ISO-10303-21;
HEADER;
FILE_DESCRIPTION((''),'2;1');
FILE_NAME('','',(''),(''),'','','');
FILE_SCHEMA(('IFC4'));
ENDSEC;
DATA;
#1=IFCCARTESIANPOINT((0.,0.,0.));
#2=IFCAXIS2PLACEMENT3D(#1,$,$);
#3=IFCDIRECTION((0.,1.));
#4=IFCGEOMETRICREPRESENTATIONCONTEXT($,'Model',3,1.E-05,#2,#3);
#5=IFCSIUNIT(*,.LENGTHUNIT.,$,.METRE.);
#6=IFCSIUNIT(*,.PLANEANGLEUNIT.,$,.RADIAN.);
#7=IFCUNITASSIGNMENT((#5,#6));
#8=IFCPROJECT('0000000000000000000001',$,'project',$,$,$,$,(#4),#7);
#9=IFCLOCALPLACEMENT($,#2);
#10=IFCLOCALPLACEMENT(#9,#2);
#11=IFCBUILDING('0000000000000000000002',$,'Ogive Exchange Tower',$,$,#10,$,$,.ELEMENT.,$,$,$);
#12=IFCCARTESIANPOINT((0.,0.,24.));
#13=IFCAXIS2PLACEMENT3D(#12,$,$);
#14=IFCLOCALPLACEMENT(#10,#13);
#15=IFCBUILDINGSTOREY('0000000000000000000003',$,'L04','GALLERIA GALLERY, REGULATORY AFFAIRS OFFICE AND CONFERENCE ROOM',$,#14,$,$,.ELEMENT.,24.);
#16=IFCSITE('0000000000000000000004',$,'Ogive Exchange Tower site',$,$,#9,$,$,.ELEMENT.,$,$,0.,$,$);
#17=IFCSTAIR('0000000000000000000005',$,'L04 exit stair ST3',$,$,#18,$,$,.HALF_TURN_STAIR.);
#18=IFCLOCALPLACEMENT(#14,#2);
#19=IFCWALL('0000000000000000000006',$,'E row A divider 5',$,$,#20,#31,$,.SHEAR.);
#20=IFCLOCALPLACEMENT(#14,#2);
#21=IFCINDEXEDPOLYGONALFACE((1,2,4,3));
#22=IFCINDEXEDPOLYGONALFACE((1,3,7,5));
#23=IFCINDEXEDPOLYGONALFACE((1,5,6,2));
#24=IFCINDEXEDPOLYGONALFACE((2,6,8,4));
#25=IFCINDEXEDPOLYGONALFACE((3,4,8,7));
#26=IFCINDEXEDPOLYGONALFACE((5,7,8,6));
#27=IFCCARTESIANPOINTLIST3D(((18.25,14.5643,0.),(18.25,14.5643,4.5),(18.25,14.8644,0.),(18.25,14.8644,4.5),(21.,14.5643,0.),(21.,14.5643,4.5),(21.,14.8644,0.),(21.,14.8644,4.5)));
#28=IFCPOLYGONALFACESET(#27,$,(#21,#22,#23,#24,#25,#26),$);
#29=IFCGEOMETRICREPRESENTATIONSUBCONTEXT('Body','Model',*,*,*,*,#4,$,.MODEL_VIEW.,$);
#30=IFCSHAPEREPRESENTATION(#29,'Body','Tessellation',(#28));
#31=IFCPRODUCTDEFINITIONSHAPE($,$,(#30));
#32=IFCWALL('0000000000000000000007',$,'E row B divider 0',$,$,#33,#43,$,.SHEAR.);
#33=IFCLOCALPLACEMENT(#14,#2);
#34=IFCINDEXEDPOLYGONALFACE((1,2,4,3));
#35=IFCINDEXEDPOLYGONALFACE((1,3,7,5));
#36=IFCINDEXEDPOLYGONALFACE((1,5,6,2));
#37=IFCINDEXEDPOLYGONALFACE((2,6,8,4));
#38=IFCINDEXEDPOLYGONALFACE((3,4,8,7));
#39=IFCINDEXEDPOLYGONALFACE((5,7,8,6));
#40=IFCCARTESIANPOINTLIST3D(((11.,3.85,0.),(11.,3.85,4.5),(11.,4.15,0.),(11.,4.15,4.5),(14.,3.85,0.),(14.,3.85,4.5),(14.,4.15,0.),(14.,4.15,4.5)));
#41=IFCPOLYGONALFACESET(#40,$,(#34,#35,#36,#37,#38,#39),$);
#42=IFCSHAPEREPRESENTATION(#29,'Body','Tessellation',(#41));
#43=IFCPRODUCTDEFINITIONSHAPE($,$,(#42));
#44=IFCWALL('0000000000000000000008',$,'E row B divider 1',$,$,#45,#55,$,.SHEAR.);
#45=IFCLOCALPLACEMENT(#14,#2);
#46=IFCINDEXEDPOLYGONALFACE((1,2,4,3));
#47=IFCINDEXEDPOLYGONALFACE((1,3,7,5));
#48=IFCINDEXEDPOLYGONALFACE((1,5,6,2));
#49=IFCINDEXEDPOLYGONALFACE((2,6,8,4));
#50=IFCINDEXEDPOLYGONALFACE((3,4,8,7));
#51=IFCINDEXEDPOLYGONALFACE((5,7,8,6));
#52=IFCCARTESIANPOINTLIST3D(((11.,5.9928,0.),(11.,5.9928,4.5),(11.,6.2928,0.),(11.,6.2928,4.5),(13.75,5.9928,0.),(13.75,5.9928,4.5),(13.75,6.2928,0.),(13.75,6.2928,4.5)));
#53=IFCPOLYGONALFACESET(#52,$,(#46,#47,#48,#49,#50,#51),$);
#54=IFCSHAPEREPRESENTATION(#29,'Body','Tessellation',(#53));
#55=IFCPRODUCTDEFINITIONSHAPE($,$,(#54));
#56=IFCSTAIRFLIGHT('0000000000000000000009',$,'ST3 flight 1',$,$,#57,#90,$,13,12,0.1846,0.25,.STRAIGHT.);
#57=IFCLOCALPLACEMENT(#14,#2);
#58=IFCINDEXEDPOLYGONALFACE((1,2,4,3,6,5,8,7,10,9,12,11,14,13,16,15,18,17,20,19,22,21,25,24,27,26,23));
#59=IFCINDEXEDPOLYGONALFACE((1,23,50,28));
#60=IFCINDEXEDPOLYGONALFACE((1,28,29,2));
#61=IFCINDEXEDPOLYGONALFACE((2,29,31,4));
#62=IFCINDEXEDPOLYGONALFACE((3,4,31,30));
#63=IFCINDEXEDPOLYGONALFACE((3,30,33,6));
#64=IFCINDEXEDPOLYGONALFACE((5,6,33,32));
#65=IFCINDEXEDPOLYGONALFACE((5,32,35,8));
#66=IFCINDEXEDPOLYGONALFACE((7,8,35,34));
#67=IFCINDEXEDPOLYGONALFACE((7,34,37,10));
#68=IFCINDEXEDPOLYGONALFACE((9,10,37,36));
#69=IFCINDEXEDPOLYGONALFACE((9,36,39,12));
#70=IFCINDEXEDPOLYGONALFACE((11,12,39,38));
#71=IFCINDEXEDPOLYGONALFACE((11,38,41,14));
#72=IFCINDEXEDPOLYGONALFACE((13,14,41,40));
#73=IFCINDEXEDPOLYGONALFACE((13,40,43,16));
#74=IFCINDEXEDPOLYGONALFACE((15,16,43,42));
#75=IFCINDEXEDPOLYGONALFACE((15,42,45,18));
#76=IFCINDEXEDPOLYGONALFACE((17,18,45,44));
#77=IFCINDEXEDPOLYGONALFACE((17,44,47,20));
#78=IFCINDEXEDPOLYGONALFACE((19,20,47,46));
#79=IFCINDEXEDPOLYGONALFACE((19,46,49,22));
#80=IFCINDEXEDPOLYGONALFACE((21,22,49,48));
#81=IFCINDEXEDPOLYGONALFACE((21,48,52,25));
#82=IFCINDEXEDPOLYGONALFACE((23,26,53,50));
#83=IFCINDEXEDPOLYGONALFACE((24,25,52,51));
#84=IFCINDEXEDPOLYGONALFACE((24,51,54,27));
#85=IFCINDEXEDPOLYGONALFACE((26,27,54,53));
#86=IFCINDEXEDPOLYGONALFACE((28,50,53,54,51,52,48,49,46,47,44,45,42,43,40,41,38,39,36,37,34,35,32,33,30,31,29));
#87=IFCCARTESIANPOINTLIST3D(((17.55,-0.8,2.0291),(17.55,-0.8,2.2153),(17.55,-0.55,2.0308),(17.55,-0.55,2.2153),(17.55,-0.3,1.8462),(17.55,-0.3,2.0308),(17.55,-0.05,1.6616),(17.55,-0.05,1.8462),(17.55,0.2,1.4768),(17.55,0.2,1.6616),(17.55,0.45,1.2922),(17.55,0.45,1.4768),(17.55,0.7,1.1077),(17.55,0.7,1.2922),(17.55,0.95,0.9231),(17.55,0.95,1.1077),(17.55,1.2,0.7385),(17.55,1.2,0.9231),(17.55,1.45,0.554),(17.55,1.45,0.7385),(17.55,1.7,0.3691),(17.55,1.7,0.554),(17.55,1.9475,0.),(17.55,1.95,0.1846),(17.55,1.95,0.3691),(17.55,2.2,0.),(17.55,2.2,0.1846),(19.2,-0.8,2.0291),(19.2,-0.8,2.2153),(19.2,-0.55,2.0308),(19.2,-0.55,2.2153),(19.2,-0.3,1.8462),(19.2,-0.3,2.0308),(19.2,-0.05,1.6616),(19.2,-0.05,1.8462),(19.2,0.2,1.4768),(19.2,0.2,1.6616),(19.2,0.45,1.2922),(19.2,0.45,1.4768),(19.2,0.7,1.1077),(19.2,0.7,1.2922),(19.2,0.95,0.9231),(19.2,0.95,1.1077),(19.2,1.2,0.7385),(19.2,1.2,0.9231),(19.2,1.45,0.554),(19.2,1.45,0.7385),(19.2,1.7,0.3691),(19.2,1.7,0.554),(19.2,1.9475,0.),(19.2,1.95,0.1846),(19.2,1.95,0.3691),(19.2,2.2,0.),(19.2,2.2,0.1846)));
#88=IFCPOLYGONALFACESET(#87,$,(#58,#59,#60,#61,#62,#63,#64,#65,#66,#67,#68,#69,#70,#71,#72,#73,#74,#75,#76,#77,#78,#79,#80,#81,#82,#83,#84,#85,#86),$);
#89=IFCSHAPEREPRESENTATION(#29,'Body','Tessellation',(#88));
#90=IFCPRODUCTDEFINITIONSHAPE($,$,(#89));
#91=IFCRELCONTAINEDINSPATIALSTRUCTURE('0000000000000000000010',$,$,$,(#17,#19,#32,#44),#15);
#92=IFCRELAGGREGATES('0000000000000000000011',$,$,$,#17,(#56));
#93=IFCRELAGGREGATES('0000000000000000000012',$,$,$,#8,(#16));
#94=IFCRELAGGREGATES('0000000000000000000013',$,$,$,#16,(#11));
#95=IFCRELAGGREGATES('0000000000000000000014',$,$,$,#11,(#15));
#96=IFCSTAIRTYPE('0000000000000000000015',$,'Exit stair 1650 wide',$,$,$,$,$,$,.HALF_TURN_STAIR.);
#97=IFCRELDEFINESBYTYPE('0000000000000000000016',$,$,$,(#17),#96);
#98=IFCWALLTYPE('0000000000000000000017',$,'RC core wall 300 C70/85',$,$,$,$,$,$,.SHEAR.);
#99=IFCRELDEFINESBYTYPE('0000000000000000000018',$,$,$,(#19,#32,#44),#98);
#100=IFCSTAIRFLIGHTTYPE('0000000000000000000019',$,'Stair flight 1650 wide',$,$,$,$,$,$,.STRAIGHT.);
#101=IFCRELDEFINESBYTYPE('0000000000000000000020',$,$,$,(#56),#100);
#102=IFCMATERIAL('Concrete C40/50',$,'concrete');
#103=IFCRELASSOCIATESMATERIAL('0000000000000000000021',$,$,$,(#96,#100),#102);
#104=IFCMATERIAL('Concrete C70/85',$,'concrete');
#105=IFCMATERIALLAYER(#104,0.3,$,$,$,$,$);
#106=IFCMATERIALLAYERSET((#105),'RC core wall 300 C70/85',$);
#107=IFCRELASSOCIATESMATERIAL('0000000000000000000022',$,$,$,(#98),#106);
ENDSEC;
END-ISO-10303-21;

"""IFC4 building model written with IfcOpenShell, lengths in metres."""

from ifc_helpers import new_model, si_unit, direction, frame, frame_2d, origin, place, context, subcontext, project, spatial, polyline, rectangle, outline, extrude, material, layer, layer_set, type_object, element, aggregate, save


model = new_model("IFC4")

# Units and contexts
model_context = context("Model", 3, precision=1e-05, world=origin(), true_north=direction((0.0, 1.0)))
body_context = subcontext(model_context, "Body", "Model", "MODEL_VIEW")
ifc_project = project(units=[si_unit("LENGTHUNIT", "METRE"), si_unit("PLANEANGLEUNIT", "RADIAN")], contexts=[model_context])

# Site, building, storey
site_placement = place(None, origin())
site = spatial("IfcSite", under=ifc_project, at=site_placement, Name="Ogive Exchange Tower site", CompositionType="ELEMENT", RefElevation=0.0)
building_placement = place(site_placement, origin())
building = spatial("IfcBuilding", under=site, at=building_placement, Name="Ogive Exchange Tower", CompositionType="ELEMENT")
storey_placement = place(building_placement, frame((0.0, 0.0, 24.0)))
storey = spatial("IfcBuildingStorey", under=building, at=storey_placement, Name="L04", Description="GALLERIA GALLERY, REGULATORY AFFAIRS OFFICE AND CONFERENCE ROOM", CompositionType="ELEMENT", Elevation=24.0)

# Stair
ifc_material_1 = material(Name="Concrete C40/50", Category="concrete")
stair_type_1 = type_object("IfcStairType", Name="Exit stair 1650 wide", PredefinedType="HALF_TURN_STAIR", material=ifc_material_1)
stair_1_placement = place(storey_placement, origin())
stair_1 = element("IfcStair", 1, at=stair_1_placement, inside=storey, type_object=stair_type_1, Name="L04 exit stair ST3", PredefinedType="HALF_TURN_STAIR")

# Shared definitions
ifc_material_2 = material(Name="Concrete C70/85", Category="concrete")

# Walls
ifc_layer_1 = layer(ifc_material_2, 0.3)
ifc_layer_set_1 = layer_set([ifc_layer_1], Name="RC core wall 300 C70/85")
wall_type_1 = type_object("IfcWallType", Name="RC core wall 300 C70/85", PredefinedType="SHEAR", material=ifc_layer_set_1)
for number, where, z_axis, x_axis, name in (
    (2, (18.25, 14.7144, 0.0), (0.0, 0.0, 1.0), (1.0, 0.0, 0.0), "E row A divider 5"),
):
    element("IfcWall", number, at=place(storey_placement, frame(where, z_axis=z_axis, x_axis=x_axis)), inside=storey, type_object=wall_type_1, Name=name, PredefinedType="SHEAR", context=body_context, shape_type="SweptSolid", body=[
        extrude(rectangle(XDim=2.75, YDim=0.3, at=frame_2d((1.375, 0.0))), origin(), (0.0, 0.0, 1.0), 4.5),
    ])
wall_1_placement = place(storey_placement, frame((11.0, 4.0, 0.0), z_axis=(0.0, 0.0, 1.0), x_axis=(1.0, 0.0, 0.0)))
element("IfcWall", 3, at=wall_1_placement, inside=storey, type_object=wall_type_1, Name="E row B divider 0", PredefinedType="SHEAR", context=body_context, shape_type="SweptSolid", body=[
    extrude(rectangle(XDim=3.0, YDim=0.3, at=frame_2d((1.5, 0.0))), origin(), (0.0, 0.0, 1.0), 4.5),
])
wall_2_placement = place(storey_placement, frame((11.0, 6.1428, 0.0), z_axis=(0.0, 0.0, 1.0), x_axis=(1.0, 0.0, 0.0)))
element("IfcWall", 4, at=wall_2_placement, inside=storey, type_object=wall_type_1, Name="E row B divider 1", PredefinedType="SHEAR", context=body_context, shape_type="SweptSolid", body=[
    extrude(rectangle(XDim=2.75, YDim=0.3, at=frame_2d((1.375, 0.0))), origin(), (0.0, 0.0, 1.0), 4.5),
])

# Stair flight
stair_flight_type = type_object("IfcStairFlightType", Name="Stair flight 1650 wide", PredefinedType="STRAIGHT", material=ifc_material_1)
stair_flight_placement = place(storey_placement, frame((18.375, 2.2, 0.0), z_axis=(0.0, 0.0, 1.0), x_axis=(0.0, -1.0, 0.0)))
stair_flight = element("IfcStairFlight", 5, at=stair_flight_placement, type_object=stair_flight_type, Name="ST3 flight 1", NumberOfRisers=13, NumberOfTreads=12, PredefinedType="STRAIGHT", RiserHeight=0.1846, TreadLength=0.25, context=body_context, shape_type="SweptSolid", body=[
    extrude(outline(polyline([(0.0, 0.0), (0.0, 0.1846), (0.25, 0.1846), (0.25, 0.3691), (0.5, 0.3691), (0.5, 0.554), (0.75, 0.554), (0.75, 0.7385), (1.0, 0.7385), (1.0, 0.9231), (1.25, 0.9231), (1.25, 1.1077), (1.5, 1.1077), (1.5, 1.2922), (1.75, 1.2922), (1.75, 1.4768), (2.0, 1.4768), (2.0, 1.6616), (2.25, 1.6616), (2.25, 1.8462), (2.5, 1.8462), (2.5, 2.0308), (2.75, 2.0308), (2.75, 2.2153), (3.0, 2.2153), (3.0, 2.3999), (3.0, 2.0291), (0.2524, 0.0), (0.0, 0.0)])), frame((0.0, 0.825, 0.0), z_axis=(0.0, -1.0, 0.0), x_axis=(1.0, 0.0, 0.0)), (0.0, 0.0, 1.0), 1.6499),
])
aggregate(stair_1, [stair_flight])

save(model, "model.ifc")
